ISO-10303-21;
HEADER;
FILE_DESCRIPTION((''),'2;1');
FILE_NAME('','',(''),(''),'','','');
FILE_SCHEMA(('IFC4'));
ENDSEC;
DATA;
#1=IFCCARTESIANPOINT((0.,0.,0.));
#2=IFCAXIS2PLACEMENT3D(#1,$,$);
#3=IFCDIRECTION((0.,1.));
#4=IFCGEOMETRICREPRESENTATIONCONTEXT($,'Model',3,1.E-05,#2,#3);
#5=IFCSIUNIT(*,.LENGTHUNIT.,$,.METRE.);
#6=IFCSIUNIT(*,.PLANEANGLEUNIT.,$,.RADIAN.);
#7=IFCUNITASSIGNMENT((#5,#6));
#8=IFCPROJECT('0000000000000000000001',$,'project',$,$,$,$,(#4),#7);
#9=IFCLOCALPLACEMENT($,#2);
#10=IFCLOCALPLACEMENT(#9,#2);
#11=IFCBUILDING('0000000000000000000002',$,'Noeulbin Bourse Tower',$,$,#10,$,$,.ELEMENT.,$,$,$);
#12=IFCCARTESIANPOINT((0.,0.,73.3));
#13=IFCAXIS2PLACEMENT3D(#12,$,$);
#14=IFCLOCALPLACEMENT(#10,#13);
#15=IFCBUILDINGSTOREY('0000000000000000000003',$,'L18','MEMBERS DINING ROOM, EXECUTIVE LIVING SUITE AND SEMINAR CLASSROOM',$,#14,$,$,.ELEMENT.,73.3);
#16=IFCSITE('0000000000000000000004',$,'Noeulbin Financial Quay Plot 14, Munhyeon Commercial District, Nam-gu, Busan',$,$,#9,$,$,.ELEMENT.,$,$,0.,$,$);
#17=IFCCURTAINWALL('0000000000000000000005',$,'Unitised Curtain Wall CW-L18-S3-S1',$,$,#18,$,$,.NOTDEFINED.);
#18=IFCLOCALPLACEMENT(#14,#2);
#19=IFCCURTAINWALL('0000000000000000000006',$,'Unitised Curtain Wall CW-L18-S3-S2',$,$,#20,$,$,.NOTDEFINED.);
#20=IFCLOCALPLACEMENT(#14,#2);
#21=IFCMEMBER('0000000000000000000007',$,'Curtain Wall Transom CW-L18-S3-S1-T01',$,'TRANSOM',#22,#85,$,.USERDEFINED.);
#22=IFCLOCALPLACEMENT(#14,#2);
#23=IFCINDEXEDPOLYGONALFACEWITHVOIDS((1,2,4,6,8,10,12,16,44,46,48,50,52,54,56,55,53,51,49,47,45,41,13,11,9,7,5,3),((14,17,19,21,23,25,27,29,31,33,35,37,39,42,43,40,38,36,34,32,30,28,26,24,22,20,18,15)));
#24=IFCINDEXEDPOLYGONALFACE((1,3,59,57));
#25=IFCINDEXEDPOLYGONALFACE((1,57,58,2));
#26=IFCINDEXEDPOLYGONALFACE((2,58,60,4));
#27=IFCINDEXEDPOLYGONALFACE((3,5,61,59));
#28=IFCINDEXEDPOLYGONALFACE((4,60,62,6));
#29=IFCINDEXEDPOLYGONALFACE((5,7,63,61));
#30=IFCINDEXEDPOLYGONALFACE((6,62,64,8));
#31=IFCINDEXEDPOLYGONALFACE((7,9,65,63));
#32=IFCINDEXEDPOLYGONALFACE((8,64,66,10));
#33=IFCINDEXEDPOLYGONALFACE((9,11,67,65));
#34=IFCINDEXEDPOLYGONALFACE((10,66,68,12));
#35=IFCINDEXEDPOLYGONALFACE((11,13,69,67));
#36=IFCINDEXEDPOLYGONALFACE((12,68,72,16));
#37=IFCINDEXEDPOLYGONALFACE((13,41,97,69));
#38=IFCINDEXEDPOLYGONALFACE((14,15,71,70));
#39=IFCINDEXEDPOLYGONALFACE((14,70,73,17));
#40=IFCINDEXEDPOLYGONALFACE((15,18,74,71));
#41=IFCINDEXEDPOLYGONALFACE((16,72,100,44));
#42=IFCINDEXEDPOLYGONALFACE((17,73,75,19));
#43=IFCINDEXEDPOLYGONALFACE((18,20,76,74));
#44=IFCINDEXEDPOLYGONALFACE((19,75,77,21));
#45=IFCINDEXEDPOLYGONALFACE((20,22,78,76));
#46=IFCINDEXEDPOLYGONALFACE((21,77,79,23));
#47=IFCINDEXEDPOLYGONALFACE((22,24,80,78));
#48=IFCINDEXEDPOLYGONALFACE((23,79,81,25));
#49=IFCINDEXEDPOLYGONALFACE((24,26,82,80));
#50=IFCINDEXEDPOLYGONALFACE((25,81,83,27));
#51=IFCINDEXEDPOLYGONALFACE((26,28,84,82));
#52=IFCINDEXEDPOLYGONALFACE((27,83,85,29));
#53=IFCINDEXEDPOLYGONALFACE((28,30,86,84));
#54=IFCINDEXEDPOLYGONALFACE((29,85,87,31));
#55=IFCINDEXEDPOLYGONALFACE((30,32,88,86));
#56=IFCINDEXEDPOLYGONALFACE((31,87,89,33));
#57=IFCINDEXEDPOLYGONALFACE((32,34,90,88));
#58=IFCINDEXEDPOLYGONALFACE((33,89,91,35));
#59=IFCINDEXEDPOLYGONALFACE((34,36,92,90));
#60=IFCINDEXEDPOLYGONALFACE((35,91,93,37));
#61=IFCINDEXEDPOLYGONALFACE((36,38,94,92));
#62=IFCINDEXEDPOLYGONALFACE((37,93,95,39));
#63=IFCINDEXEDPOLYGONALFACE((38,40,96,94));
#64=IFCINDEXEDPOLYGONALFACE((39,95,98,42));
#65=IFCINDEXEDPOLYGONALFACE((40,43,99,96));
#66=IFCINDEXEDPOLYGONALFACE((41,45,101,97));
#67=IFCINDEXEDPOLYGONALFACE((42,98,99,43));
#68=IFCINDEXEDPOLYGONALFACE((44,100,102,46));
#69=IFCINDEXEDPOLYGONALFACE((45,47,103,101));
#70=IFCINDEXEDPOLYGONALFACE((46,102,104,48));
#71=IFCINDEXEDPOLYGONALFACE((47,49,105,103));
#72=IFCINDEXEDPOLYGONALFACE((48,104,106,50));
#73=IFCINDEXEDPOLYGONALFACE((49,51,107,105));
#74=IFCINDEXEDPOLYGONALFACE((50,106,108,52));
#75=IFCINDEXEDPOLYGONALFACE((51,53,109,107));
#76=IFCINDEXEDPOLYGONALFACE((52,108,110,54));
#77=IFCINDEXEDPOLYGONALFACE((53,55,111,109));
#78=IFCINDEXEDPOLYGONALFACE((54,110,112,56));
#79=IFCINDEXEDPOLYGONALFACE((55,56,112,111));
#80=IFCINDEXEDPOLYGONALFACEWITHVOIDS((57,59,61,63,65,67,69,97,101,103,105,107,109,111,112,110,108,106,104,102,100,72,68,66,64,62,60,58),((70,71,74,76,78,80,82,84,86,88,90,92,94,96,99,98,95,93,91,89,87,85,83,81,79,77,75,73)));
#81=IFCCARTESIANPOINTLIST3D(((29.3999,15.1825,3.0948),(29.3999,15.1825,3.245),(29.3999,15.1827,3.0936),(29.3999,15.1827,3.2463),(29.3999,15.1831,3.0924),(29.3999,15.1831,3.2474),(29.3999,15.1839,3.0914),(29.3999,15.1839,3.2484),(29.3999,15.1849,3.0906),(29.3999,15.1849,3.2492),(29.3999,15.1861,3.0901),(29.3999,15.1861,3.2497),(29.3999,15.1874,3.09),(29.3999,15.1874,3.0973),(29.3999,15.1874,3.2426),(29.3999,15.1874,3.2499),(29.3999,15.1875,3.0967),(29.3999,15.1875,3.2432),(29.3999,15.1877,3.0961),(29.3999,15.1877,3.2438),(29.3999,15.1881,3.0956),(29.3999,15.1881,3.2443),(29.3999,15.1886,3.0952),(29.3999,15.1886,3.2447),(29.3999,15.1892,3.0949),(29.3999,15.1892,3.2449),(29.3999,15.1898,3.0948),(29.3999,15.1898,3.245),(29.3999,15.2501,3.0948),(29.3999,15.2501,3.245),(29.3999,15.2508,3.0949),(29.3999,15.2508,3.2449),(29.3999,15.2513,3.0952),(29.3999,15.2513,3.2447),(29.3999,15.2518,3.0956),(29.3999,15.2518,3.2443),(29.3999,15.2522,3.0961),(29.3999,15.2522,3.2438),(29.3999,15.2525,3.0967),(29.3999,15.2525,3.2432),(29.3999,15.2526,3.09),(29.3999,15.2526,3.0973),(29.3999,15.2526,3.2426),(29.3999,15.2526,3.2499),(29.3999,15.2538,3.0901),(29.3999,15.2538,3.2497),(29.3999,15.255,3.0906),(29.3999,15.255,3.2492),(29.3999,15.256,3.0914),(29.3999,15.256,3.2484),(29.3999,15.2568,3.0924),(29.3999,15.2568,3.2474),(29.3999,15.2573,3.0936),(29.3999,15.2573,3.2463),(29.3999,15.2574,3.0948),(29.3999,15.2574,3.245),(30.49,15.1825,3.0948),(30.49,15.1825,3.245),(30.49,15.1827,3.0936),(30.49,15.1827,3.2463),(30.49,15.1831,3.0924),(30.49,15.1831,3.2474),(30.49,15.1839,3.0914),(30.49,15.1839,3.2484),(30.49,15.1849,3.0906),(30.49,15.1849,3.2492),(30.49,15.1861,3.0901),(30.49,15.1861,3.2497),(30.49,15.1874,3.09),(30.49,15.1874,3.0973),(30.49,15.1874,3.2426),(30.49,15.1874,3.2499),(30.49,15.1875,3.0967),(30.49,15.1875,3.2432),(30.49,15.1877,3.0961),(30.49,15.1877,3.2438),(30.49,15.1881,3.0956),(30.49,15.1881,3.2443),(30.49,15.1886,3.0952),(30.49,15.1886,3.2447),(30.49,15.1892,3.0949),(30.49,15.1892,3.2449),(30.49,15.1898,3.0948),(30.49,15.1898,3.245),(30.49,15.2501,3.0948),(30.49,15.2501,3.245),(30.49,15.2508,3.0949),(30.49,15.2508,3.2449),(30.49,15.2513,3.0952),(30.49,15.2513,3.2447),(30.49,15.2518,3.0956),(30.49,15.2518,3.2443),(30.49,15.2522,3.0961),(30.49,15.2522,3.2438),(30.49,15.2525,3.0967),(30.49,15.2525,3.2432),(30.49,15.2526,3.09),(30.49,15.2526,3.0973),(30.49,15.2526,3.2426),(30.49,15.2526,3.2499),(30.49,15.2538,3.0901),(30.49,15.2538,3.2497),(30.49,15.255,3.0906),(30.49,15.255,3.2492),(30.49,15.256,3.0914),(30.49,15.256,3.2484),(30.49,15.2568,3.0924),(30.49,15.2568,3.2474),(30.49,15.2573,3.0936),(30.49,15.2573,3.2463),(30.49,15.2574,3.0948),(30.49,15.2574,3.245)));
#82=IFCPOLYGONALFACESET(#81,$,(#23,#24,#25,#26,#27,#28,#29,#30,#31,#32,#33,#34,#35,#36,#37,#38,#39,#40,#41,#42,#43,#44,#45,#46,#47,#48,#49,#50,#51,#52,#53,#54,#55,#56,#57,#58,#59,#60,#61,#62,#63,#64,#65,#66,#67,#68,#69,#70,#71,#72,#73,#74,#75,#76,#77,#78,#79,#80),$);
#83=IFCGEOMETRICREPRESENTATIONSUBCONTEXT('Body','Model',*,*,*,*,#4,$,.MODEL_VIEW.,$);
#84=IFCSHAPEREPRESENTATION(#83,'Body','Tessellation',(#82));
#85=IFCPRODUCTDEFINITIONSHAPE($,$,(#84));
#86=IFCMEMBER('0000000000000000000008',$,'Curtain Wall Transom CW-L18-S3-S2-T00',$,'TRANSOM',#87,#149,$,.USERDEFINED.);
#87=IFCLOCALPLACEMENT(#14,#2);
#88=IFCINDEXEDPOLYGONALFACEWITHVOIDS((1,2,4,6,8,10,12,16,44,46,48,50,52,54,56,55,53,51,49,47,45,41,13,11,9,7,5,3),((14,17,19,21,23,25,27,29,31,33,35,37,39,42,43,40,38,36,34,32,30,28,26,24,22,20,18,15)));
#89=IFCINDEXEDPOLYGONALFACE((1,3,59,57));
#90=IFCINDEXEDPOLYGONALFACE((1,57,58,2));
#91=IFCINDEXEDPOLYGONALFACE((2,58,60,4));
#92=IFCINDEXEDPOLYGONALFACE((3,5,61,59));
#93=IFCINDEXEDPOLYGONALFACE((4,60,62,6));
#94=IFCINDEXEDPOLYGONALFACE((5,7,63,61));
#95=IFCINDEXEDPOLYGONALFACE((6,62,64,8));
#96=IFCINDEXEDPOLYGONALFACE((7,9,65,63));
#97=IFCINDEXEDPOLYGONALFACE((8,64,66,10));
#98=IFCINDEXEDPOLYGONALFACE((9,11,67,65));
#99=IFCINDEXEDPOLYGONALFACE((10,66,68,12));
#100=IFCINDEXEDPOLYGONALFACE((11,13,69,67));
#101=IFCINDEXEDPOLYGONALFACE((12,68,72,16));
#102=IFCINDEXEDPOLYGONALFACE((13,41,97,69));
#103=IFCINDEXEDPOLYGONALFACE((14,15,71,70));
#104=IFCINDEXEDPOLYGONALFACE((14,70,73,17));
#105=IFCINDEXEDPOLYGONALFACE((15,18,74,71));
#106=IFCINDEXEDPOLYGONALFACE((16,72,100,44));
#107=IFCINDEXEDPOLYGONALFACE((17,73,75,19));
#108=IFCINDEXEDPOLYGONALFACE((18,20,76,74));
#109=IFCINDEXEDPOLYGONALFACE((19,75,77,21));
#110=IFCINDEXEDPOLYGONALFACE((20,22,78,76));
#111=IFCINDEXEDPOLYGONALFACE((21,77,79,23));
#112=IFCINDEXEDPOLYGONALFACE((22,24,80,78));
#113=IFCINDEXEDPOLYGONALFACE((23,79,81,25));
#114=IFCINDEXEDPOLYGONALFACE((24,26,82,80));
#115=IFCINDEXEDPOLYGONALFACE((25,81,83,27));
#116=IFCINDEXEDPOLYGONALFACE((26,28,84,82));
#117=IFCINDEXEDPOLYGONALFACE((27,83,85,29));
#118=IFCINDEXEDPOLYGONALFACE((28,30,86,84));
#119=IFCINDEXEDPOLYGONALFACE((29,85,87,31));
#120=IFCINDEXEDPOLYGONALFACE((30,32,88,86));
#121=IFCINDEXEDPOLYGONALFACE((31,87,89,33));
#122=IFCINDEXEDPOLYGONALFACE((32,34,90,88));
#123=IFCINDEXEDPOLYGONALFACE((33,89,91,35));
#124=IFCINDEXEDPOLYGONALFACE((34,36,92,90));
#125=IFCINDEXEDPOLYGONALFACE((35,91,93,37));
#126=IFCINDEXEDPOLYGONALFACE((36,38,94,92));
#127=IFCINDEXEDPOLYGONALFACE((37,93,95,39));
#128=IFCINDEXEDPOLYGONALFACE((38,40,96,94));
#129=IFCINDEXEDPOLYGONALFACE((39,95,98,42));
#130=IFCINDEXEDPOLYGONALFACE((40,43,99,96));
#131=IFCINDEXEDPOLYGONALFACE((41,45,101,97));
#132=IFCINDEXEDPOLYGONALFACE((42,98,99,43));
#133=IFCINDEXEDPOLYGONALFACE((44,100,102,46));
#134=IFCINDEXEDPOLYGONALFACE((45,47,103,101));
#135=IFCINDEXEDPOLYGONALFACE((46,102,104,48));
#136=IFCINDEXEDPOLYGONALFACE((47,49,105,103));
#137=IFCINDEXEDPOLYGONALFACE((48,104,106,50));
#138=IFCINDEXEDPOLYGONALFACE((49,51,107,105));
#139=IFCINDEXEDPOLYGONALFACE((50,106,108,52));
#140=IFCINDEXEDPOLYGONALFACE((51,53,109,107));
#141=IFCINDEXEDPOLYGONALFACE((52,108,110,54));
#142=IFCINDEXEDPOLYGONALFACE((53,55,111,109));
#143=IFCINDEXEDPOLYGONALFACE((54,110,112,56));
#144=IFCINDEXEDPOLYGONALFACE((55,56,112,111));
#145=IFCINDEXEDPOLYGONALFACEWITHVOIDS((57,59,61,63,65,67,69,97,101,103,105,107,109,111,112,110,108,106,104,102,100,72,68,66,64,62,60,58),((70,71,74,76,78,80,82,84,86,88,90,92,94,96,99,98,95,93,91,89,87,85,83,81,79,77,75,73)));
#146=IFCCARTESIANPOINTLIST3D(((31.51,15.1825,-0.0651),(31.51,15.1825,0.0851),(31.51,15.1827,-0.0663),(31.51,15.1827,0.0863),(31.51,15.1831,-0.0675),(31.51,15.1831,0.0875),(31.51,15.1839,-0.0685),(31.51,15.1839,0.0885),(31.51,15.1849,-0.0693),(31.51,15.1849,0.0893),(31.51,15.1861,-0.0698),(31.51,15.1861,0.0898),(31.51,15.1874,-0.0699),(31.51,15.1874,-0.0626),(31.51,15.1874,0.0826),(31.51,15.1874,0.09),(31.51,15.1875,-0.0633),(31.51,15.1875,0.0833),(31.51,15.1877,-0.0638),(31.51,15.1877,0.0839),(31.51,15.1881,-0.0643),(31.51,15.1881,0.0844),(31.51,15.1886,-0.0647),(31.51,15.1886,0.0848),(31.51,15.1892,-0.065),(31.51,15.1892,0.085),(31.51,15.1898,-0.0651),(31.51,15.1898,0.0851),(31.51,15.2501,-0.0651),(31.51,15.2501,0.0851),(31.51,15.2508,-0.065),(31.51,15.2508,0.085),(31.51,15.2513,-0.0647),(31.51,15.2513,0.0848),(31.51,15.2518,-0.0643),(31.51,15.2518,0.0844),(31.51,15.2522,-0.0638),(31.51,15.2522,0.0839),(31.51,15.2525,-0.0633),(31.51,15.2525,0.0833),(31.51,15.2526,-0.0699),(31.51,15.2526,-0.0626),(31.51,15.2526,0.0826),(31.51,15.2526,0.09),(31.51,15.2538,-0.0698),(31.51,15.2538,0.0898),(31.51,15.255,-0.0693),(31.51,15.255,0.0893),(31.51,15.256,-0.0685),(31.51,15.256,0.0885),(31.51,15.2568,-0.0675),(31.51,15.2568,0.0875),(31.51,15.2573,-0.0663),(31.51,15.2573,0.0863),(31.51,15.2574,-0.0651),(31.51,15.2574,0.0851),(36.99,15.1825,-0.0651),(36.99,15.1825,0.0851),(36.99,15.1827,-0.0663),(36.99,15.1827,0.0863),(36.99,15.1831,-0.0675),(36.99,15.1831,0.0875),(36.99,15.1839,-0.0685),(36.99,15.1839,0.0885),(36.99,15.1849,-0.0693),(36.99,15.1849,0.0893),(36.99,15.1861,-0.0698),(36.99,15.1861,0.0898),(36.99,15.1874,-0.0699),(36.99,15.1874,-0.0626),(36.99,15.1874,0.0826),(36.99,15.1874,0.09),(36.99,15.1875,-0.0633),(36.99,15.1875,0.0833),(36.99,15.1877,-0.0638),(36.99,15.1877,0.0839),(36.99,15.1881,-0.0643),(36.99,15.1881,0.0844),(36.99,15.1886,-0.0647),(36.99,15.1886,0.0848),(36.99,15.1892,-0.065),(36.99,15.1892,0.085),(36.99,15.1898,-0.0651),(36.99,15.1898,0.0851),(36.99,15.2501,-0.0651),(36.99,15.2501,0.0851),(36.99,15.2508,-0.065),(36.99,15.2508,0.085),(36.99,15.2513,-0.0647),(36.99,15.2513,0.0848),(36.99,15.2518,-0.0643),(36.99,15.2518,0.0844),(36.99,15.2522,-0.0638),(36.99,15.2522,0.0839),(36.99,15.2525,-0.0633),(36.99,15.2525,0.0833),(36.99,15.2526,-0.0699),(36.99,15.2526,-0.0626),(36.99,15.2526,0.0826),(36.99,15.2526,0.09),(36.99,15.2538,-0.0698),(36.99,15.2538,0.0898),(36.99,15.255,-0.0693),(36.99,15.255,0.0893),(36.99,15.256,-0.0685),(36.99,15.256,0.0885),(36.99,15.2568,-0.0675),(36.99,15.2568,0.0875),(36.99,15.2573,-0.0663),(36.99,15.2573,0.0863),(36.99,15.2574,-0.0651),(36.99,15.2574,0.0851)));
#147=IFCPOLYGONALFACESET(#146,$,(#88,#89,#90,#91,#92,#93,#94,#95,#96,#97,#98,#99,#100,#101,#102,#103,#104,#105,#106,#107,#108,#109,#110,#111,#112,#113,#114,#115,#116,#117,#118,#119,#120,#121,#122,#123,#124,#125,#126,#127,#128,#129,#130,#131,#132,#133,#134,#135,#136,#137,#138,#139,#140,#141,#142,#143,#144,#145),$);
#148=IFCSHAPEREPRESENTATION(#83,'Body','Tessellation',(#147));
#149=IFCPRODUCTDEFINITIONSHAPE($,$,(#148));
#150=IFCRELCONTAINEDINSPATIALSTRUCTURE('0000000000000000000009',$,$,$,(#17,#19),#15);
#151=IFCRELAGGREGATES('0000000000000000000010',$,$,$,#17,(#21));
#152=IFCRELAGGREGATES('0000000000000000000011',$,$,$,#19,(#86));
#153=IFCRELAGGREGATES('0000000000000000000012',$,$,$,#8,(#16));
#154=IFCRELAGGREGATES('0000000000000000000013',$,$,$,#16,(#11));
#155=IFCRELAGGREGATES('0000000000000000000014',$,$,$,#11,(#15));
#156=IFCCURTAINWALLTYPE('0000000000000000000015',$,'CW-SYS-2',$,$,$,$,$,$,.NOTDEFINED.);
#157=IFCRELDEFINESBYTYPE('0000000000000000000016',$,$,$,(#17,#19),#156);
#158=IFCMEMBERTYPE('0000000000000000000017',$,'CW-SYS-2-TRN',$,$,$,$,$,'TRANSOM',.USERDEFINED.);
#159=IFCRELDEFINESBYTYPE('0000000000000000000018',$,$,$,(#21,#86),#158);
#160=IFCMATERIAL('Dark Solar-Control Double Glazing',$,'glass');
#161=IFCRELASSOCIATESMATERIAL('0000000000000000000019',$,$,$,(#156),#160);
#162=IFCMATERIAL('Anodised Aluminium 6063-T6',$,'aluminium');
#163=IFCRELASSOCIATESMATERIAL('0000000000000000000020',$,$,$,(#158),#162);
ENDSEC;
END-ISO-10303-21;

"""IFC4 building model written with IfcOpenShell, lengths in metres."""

from ifc_helpers import new_model, si_unit, direction, frame, origin, origin_2d, place, context, subcontext, project, spatial, hollow_rectangle, extrude, material, material_profile, profile_set, type_object, element, aggregate, save


model = new_model("IFC4")

# Units and contexts
model_context = context("Model", 3, precision=1e-05, world=origin(), true_north=direction((0.0, 1.0)))
body_context = subcontext(model_context, "Body", "Model", "MODEL_VIEW")
ifc_project = project(units=[si_unit("LENGTHUNIT", "METRE"), si_unit("PLANEANGLEUNIT", "RADIAN")], contexts=[model_context])

# Site, building, storey
site_placement = place(None, origin())
site = spatial("IfcSite", under=ifc_project, at=site_placement, Name="Noeulbin Financial Quay Plot 14, Munhyeon Commercial District, Nam-gu, Busan", CompositionType="ELEMENT", RefElevation=0.0)
building_placement = place(site_placement, origin())
building = spatial("IfcBuilding", under=site, at=building_placement, Name="Noeulbin Bourse Tower", CompositionType="ELEMENT")
storey_placement = place(building_placement, frame((0.0, 0.0, 73.3)))
storey = spatial("IfcBuildingStorey", under=building, at=storey_placement, Name="L18", Description="MEMBERS DINING ROOM, EXECUTIVE LIVING SUITE AND SEMINAR CLASSROOM", CompositionType="ELEMENT", Elevation=73.3)

# Curtain walls
ifc_material_1 = material(Name="Dark Solar-Control Double Glazing", Category="glass")
curtain_wall_type = type_object("IfcCurtainWallType", Name="CW-SYS-2", PredefinedType="NOTDEFINED", material=ifc_material_1)
curtain_wall_1_placement = place(storey_placement, origin())
curtain_wall_1 = element("IfcCurtainWall", 1, at=curtain_wall_1_placement, inside=storey, type_object=curtain_wall_type, Name="Unitised Curtain Wall CW-L18-S3-S1", PredefinedType="NOTDEFINED")
ifc_material_2 = material(Name="Anodised Aluminium 6063-T6", Category="aluminium")
curtain_wall_2_placement = place(storey_placement, origin())
curtain_wall_2 = element("IfcCurtainWall", 2, at=curtain_wall_2_placement, inside=storey, type_object=curtain_wall_type, Name="Unitised Curtain Wall CW-L18-S3-S2", PredefinedType="NOTDEFINED")

# Members
ifc_material_profile_1 = material_profile(ifc_material_2, hollow_rectangle(XDim=0.075, YDim=0.1599, WallThickness=0.0049, InnerFilletRadius=0.0024, OuterFilletRadius=0.0049, at=origin_2d()), Name="ALU-TRAN-75x160x5", Category="LoadBearing")
ifc_profile_set_1 = profile_set([ifc_material_profile_1], Name="Anodised Aluminium 6063-T6")
member_type_1 = type_object("IfcMemberType", Name="CW-SYS-2-TRN", ElementType="TRANSOM", PredefinedType="USERDEFINED", material=ifc_profile_set_1)
member_1_placement = place(storey_placement, frame((29.3999, 15.22, 3.1699), z_axis=(1.0, 0.0, 0.0), x_axis=(0.0, 1.0, 0.0)))
member_1 = element("IfcMember", 3, at=member_1_placement, type_object=member_type_1, Name="Curtain Wall Transom CW-L18-S3-S1-T01", ObjectType="TRANSOM", PredefinedType="USERDEFINED", context=body_context, shape_type="SweptSolid", body=[
    extrude(hollow_rectangle(XDim=0.075, YDim=0.1599, WallThickness=0.0049, InnerFilletRadius=0.0024, OuterFilletRadius=0.0049, at=origin_2d()), origin(), (0.0, 0.0, 1.0), 1.0901),
])
member_2_placement = place(storey_placement, frame((31.51, 15.22, 0.01), z_axis=(1.0, 0.0, 0.0), x_axis=(0.0, 1.0, 0.0)))
member_2 = element("IfcMember", 4, at=member_2_placement, type_object=member_type_1, Name="Curtain Wall Transom CW-L18-S3-S2-T00", ObjectType="TRANSOM", PredefinedType="USERDEFINED", context=body_context, shape_type="SweptSolid", body=[
    extrude(hollow_rectangle(XDim=0.075, YDim=0.1599, WallThickness=0.0049, InnerFilletRadius=0.0024, OuterFilletRadius=0.0049, at=origin_2d()), origin(), (0.0, 0.0, 1.0), 5.48),
])

aggregate(curtain_wall_1, [member_1])
aggregate(curtain_wall_2, [member_2])

save(model, "model.ifc")
